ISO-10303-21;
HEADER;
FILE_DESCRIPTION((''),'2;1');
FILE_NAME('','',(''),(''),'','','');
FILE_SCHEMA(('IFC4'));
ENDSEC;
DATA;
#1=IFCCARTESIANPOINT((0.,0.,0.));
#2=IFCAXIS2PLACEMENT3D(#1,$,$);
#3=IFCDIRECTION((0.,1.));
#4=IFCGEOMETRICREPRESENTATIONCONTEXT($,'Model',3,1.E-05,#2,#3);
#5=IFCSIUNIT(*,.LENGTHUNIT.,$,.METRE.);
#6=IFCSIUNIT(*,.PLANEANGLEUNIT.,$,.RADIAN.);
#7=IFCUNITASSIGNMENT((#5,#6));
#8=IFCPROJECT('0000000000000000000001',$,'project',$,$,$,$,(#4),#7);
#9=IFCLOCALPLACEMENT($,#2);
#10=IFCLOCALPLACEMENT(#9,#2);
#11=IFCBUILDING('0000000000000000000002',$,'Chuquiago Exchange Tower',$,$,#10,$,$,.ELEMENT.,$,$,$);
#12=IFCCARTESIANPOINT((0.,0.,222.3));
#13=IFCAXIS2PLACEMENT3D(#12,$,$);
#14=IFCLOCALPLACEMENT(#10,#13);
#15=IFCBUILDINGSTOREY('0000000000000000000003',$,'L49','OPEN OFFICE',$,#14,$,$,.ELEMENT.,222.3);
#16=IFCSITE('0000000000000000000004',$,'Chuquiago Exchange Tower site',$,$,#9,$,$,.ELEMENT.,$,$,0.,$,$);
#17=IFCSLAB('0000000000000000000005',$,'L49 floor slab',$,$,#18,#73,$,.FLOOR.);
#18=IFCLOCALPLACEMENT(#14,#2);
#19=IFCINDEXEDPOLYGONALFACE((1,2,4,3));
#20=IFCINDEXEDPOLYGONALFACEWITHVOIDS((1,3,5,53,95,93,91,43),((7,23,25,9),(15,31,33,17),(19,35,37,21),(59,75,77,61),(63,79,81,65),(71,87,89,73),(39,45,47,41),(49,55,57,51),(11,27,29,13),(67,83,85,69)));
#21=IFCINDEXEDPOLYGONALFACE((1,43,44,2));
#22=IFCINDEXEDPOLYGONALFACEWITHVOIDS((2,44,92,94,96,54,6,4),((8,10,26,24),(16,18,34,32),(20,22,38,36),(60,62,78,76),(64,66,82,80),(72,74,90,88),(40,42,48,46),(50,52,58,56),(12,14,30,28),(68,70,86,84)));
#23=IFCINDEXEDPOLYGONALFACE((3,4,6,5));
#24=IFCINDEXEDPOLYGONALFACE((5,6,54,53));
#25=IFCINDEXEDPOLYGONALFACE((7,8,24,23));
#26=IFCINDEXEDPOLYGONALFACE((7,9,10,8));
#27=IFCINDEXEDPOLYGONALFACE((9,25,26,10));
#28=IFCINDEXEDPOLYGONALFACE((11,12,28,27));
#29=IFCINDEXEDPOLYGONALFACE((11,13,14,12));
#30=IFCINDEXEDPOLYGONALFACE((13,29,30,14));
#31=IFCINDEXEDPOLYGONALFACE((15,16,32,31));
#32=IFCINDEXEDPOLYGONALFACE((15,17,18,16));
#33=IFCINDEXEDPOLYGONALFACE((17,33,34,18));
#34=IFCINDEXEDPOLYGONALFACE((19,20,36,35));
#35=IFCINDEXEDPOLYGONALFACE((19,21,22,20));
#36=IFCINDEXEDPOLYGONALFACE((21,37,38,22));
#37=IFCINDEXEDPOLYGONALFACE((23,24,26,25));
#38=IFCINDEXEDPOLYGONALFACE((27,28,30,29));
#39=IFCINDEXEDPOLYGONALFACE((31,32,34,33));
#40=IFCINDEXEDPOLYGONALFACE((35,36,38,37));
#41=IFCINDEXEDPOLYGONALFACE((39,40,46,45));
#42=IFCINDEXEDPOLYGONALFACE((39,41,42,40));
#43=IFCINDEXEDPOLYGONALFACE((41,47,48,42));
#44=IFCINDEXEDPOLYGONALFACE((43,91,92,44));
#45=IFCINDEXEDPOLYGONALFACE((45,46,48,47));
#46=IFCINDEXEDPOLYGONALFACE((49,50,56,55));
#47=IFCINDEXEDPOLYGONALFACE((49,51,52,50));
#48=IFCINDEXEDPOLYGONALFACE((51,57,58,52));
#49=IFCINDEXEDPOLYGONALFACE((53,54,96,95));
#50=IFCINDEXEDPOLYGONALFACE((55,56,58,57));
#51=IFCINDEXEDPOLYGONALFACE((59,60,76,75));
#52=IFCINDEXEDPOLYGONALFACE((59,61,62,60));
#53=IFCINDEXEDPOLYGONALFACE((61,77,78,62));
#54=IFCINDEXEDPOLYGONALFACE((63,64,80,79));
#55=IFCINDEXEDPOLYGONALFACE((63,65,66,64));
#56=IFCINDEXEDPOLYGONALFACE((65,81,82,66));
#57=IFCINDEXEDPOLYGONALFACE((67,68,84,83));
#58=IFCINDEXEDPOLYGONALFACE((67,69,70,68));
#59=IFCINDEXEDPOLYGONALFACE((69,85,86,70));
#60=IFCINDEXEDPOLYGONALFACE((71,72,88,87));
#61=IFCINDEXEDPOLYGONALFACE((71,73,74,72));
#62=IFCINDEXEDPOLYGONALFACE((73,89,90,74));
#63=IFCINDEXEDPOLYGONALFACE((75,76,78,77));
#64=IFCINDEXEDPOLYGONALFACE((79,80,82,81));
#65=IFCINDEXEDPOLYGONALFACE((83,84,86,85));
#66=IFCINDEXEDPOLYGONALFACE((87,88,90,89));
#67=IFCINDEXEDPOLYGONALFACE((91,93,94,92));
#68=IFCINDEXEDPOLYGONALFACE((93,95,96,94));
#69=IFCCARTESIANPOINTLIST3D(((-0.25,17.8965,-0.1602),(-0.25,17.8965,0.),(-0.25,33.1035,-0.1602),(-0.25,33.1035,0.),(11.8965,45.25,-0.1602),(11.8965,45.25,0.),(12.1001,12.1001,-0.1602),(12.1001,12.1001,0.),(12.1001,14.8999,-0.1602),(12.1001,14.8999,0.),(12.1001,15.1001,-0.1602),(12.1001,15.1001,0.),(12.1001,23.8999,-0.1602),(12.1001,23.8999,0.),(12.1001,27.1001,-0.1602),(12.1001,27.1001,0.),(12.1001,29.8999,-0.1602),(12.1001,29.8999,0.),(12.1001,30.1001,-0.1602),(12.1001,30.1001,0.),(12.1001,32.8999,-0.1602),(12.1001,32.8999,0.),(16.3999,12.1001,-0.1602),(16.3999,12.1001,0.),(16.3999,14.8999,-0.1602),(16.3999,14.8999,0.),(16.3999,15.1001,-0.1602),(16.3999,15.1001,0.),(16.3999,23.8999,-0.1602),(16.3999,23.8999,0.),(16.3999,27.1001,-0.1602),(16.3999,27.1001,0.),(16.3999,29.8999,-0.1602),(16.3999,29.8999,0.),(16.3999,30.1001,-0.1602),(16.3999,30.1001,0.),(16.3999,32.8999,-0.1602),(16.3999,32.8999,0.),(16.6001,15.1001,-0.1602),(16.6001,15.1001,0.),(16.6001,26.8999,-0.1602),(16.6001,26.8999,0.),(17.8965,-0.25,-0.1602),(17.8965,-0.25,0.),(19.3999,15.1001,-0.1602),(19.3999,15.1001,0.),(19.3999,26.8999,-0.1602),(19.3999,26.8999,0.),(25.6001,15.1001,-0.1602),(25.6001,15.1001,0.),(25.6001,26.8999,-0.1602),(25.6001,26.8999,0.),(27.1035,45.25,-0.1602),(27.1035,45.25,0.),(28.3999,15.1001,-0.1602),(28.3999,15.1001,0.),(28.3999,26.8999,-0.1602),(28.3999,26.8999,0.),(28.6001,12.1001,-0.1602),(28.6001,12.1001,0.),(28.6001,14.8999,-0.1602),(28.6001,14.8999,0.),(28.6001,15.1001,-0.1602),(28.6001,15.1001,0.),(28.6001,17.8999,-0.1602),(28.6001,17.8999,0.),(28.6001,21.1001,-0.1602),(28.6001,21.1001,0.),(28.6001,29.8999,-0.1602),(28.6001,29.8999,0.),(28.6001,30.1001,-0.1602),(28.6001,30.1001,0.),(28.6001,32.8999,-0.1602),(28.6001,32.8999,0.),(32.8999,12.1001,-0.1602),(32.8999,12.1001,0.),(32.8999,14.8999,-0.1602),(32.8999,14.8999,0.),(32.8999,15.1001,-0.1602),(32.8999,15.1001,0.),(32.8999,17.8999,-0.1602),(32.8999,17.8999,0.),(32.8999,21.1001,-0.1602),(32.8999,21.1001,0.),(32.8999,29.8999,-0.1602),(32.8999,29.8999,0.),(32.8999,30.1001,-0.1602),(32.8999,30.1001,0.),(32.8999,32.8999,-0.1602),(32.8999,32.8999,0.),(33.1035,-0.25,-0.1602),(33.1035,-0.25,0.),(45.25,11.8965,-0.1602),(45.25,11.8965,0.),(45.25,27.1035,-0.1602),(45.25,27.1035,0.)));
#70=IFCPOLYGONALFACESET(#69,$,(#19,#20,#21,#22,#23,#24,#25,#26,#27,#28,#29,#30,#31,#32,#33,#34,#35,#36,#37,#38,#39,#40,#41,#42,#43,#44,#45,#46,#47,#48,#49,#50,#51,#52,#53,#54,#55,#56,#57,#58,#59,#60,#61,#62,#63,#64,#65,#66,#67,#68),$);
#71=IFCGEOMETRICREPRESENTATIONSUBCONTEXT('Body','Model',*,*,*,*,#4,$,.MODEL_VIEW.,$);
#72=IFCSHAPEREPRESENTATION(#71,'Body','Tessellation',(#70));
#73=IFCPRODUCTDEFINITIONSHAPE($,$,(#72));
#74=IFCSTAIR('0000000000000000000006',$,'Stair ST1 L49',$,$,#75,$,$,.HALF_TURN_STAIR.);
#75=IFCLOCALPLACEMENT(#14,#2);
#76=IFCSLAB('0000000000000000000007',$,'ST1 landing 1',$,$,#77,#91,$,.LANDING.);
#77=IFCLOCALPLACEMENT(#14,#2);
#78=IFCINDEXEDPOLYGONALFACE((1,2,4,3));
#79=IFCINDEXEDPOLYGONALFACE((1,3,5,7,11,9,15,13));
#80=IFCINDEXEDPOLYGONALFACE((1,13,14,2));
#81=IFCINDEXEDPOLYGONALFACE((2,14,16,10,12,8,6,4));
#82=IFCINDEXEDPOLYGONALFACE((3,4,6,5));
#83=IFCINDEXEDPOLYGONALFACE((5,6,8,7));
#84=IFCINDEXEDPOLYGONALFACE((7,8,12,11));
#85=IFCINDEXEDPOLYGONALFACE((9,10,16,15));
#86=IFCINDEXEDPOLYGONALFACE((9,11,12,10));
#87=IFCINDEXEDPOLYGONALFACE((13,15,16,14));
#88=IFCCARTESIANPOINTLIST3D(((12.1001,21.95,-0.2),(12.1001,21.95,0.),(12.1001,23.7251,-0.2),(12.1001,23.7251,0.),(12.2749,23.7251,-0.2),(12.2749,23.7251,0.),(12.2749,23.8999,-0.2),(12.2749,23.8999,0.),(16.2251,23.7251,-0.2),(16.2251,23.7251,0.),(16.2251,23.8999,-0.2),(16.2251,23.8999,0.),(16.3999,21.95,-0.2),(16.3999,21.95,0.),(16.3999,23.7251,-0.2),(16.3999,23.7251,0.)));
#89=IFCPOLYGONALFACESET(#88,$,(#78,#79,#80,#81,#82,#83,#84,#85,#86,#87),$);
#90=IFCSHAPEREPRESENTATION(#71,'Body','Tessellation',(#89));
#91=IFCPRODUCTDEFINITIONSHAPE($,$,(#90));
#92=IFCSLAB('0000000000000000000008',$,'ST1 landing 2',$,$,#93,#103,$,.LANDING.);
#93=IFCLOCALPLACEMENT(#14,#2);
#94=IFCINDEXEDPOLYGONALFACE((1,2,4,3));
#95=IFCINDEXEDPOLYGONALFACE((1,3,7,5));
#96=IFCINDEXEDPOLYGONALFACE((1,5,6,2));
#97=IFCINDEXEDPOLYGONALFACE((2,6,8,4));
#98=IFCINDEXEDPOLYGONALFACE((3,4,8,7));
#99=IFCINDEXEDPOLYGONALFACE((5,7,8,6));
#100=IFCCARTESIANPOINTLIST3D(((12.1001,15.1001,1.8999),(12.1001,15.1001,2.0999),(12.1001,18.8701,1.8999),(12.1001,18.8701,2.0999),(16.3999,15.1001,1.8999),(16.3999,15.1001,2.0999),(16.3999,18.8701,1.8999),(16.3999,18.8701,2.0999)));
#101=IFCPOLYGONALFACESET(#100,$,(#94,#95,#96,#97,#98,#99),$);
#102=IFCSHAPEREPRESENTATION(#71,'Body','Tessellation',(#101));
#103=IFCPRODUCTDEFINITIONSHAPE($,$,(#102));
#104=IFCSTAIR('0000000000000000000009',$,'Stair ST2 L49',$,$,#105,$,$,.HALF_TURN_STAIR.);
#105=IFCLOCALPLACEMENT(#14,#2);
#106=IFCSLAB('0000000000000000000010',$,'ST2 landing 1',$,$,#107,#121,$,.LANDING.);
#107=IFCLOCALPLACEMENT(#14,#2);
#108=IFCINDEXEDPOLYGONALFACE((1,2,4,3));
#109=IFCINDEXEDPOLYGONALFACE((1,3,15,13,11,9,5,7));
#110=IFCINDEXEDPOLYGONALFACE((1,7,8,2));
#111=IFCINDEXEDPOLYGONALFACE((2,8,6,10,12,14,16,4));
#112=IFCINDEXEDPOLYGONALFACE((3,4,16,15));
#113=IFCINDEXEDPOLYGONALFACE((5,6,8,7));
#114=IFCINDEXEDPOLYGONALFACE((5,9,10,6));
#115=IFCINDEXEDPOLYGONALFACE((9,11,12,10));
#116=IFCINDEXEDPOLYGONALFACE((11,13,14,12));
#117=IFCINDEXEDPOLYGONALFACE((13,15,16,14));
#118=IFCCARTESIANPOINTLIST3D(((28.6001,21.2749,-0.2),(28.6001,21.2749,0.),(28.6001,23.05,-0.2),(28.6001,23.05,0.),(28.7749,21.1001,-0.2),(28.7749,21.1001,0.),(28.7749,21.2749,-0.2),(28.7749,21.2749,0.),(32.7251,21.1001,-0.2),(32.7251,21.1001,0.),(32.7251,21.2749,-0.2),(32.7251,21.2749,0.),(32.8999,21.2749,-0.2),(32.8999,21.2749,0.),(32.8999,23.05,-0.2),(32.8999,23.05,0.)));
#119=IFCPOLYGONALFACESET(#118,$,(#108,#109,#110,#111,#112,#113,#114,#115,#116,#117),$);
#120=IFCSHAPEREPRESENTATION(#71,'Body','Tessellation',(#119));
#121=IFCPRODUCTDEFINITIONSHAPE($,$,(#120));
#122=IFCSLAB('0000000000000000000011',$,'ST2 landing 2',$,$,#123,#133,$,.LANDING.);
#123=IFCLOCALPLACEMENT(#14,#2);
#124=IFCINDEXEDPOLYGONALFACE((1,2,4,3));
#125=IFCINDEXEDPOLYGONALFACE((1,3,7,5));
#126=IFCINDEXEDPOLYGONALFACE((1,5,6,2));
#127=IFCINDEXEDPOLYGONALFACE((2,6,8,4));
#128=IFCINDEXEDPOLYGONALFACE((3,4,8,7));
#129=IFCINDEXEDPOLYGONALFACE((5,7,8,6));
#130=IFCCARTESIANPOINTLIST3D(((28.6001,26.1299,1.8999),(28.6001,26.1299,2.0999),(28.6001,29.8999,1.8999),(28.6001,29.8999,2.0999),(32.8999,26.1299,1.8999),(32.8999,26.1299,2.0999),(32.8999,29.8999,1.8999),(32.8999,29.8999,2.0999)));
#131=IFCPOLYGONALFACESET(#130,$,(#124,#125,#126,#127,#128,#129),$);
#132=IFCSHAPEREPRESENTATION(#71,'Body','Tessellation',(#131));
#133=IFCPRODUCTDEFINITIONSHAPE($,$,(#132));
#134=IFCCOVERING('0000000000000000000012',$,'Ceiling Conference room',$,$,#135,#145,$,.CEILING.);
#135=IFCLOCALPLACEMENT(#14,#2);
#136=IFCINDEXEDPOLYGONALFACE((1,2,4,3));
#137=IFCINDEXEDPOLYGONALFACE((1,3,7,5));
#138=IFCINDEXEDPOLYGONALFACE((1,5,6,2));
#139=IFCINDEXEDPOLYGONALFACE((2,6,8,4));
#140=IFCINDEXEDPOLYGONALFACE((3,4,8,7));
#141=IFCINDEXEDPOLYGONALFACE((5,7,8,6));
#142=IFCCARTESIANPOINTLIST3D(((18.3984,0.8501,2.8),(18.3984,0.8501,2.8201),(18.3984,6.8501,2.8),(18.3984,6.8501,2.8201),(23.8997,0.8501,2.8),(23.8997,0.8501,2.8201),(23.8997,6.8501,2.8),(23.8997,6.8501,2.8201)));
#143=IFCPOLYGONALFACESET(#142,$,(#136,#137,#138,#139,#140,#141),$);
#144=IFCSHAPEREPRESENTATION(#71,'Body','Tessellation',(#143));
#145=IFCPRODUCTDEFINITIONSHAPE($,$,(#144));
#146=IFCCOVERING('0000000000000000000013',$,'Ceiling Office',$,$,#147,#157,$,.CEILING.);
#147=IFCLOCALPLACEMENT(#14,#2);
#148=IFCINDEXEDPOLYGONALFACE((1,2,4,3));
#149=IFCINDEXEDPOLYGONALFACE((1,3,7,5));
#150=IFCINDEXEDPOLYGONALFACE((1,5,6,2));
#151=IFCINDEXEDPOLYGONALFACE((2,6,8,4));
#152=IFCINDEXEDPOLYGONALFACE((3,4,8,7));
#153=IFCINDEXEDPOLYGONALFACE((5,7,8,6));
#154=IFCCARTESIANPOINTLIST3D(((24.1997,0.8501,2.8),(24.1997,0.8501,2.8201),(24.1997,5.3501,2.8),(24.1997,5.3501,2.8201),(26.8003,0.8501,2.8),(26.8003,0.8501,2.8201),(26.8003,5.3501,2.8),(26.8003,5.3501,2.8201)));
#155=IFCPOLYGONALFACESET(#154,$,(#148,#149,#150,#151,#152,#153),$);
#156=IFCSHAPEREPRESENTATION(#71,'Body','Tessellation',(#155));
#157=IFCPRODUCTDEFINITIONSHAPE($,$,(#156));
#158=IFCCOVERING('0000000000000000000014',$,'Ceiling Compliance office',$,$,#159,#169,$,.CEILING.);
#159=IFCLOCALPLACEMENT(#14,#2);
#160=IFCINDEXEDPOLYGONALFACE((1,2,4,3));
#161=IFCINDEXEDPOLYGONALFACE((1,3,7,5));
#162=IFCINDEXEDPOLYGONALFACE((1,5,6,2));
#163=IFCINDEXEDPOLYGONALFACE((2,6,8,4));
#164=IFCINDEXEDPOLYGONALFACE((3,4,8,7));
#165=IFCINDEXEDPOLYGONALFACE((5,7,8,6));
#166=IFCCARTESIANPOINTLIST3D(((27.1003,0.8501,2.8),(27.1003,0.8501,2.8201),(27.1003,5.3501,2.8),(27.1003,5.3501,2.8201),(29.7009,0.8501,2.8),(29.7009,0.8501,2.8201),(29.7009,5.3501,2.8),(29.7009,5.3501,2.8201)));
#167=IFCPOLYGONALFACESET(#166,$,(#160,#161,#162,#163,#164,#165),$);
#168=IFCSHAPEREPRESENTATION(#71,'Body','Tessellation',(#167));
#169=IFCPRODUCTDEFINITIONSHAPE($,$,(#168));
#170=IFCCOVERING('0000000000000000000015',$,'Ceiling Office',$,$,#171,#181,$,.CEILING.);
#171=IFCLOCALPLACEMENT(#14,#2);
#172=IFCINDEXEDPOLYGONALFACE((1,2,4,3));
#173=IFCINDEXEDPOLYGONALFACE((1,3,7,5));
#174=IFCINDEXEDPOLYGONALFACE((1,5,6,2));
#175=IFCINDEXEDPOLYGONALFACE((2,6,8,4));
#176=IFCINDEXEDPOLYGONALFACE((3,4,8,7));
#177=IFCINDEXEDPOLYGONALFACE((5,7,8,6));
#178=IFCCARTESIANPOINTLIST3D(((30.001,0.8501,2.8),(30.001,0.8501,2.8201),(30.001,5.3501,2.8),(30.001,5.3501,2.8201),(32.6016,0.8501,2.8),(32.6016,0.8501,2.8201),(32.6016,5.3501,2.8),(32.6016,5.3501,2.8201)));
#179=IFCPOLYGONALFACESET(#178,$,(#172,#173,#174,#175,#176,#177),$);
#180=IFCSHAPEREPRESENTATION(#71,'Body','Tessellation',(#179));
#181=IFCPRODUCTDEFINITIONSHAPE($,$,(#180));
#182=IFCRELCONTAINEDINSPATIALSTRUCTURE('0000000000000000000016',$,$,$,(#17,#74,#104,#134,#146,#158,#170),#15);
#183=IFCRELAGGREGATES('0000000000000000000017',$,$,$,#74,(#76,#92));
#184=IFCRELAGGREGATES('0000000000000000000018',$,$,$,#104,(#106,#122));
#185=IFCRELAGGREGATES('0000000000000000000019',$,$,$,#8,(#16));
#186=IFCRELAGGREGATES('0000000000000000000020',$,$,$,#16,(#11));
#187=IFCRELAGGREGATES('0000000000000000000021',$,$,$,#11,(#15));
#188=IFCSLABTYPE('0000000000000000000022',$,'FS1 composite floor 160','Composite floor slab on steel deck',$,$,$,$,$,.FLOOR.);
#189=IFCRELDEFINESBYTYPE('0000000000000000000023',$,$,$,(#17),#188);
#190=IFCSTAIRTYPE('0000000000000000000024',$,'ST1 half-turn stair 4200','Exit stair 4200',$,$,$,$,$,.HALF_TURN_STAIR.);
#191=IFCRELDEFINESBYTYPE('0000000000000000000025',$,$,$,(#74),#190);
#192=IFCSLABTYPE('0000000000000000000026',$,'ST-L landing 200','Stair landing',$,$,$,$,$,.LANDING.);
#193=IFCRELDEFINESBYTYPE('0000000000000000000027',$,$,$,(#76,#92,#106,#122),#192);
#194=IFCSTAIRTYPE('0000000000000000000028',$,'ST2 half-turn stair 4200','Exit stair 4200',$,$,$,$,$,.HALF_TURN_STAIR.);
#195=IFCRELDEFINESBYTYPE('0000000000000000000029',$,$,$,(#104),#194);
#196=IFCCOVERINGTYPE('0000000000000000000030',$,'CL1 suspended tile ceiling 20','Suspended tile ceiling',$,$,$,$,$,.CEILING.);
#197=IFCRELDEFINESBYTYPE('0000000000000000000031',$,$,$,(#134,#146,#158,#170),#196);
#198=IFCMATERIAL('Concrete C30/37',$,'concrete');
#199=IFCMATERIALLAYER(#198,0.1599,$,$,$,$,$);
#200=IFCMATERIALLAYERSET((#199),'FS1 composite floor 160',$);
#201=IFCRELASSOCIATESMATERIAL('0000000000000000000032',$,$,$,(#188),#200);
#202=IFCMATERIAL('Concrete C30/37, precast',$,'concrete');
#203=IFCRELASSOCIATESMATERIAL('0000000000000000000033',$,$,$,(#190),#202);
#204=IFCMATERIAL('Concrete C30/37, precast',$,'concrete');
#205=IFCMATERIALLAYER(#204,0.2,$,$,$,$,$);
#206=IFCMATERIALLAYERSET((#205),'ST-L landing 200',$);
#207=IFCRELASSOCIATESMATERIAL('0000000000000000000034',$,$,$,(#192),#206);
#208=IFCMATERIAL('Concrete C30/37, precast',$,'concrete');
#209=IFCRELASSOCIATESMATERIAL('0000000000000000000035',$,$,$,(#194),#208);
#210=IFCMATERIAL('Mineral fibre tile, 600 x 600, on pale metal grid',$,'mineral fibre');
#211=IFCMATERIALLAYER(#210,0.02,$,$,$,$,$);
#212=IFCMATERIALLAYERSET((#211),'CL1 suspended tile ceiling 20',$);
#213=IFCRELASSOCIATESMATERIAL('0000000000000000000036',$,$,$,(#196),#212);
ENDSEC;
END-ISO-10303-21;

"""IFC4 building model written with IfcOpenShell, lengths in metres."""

from ifc_helpers import new_model, si_unit, direction, frame, origin, place, context, subcontext, project, spatial, polyline, outline, extrude, material, layer, layer_set, type_object, element, aggregate, save


model = new_model("IFC4")

# Units and contexts
model_context = context("Model", 3, precision=1e-05, world=origin(), true_north=direction((0.0, 1.0)))
body_context = subcontext(model_context, "Body", "Model", "MODEL_VIEW")
ifc_project = project(units=[si_unit("LENGTHUNIT", "METRE"), si_unit("PLANEANGLEUNIT", "RADIAN")], contexts=[model_context])

# Site, building, storey
site_placement = place(None, origin())
site = spatial("IfcSite", under=ifc_project, at=site_placement, Name="Chuquiago Exchange Tower site", CompositionType="ELEMENT", RefElevation=0.0)
building_placement = place(site_placement, origin())
building = spatial("IfcBuilding", under=site, at=building_placement, Name="Chuquiago Exchange Tower", CompositionType="ELEMENT")
storey_placement = place(building_placement, frame((0.0, 0.0, 222.3)))
storey = spatial("IfcBuildingStorey", under=building, at=storey_placement, Name="L49", Description="OPEN OFFICE", CompositionType="ELEMENT", Elevation=222.3)

# Slab
ifc_material_1 = material(Name="Concrete C30/37", Category="concrete")
ifc_layer_1 = layer(ifc_material_1, 0.1599)
ifc_layer_set_1 = layer_set([ifc_layer_1], Name="FS1 composite floor 160")
slab_type_1 = type_object("IfcSlabType", Name="FS1 composite floor 160", Description="Composite floor slab on steel deck", PredefinedType="FLOOR", material=ifc_layer_set_1)
slab_1_placement = place(storey_placement, frame((0.0, 0.0, -0.1602)))
element("IfcSlab", 1, at=slab_1_placement, inside=storey, type_object=slab_type_1, Name="L49 floor slab", PredefinedType="FLOOR", context=body_context, shape_type="SweptSolid", body=[
    extrude(outline(polyline([(17.8965, -0.25), (-0.25, 17.8965), (-0.25, 33.1035), (11.8965, 45.25), (27.1035, 45.25), (45.25, 27.1035), (45.25, 11.8965), (33.1035, -0.25), (17.8965, -0.25)]), holes=[polyline([(16.3999, 15.1001), (12.1001, 15.1001), (12.1001, 23.8999), (16.3999, 23.8999), (16.3999, 15.1001)]), polyline([(32.8999, 21.1001), (28.6001, 21.1001), (28.6001, 29.8999), (32.8999, 29.8999), (32.8999, 21.1001)]), polyline([(16.3999, 12.1001), (12.1001, 12.1001), (12.1001, 14.8999), (16.3999, 14.8999), (16.3999, 12.1001)]), polyline([(16.3999, 30.1001), (12.1001, 30.1001), (12.1001, 32.8999), (16.3999, 32.8999), (16.3999, 30.1001)]), polyline([(32.8999, 12.1001), (28.6001, 12.1001), (28.6001, 14.8999), (32.8999, 14.8999), (32.8999, 12.1001)]), polyline([(32.8999, 30.1001), (28.6001, 30.1001), (28.6001, 32.8999), (32.8999, 32.8999), (32.8999, 30.1001)]), polyline([(16.3999, 27.1001), (12.1001, 27.1001), (12.1001, 29.8999), (16.3999, 29.8999), (16.3999, 27.1001)]), polyline([(32.8999, 15.1001), (28.6001, 15.1001), (28.6001, 17.8999), (32.8999, 17.8999), (32.8999, 15.1001)]), polyline([(19.3999, 15.1001), (16.6001, 15.1001), (16.6001, 26.8999), (19.3999, 26.8999), (19.3999, 15.1001)]), polyline([(28.3999, 15.1001), (25.6001, 15.1001), (25.6001, 26.8999), (28.3999, 26.8999), (28.3999, 15.1001)])]), origin(), (0.0, 0.0, 1.0), 0.1602),
])

# Stairs, slabs
ifc_material_2 = material(Name="Concrete C30/37, precast", Category="concrete")
stair_type_1 = type_object("IfcStairType", Name="ST1 half-turn stair 4200", Description="Exit stair 4200", PredefinedType="HALF_TURN_STAIR", material=ifc_material_2)
stair_1_placement = place(storey_placement, origin())
stair_1 = element("IfcStair", 2, at=stair_1_placement, inside=storey, type_object=stair_type_1, Name="Stair ST1 L49", PredefinedType="HALF_TURN_STAIR")
ifc_material_3 = material(Name="Concrete C30/37, precast", Category="concrete")
ifc_layer_2 = layer(ifc_material_3, 0.2)
ifc_layer_set_2 = layer_set([ifc_layer_2], Name="ST-L landing 200")
slab_type_2 = type_object("IfcSlabType", Name="ST-L landing 200", Description="Stair landing", PredefinedType="LANDING", material=ifc_layer_set_2)
slab_2_placement = place(storey_placement, frame((0.0, 0.0, -0.2)))
slab_2 = element("IfcSlab", 3, at=slab_2_placement, type_object=slab_type_2, Name="ST1 landing 1", PredefinedType="LANDING", context=body_context, shape_type="SweptSolid", body=[
    extrude(outline(polyline([(12.2749, 23.8999), (16.2251, 23.8999), (16.2251, 23.7251), (16.3999, 23.7251), (16.3999, 21.95), (12.1001, 21.95), (12.1001, 23.7251), (12.2749, 23.7251), (12.2749, 23.8999)])), origin(), (0.0, 0.0, 1.0), 0.2),
])
slab_3_placement = place(storey_placement, frame((0.0, 0.0, 1.8999)))
slab_3 = element("IfcSlab", 4, at=slab_3_placement, type_object=slab_type_2, Name="ST1 landing 2", PredefinedType="LANDING", context=body_context, shape_type="SweptSolid", body=[
    extrude(outline(polyline([(12.1001, 18.8701), (16.3999, 18.8701), (16.3999, 15.1001), (12.1001, 15.1001), (12.1001, 18.8701)])), origin(), (0.0, 0.0, 1.0), 0.2),
])
aggregate(stair_1, [slab_2, slab_3])
ifc_material_4 = material(Name="Concrete C30/37, precast", Category="concrete")
stair_type_2 = type_object("IfcStairType", Name="ST2 half-turn stair 4200", Description="Exit stair 4200", PredefinedType="HALF_TURN_STAIR", material=ifc_material_4)
stair_2_placement = place(storey_placement, origin())
stair_2 = element("IfcStair", 5, at=stair_2_placement, inside=storey, type_object=stair_type_2, Name="Stair ST2 L49", PredefinedType="HALF_TURN_STAIR")
slab_4_placement = place(storey_placement, frame((0.0, 0.0, -0.2)))
slab_4 = element("IfcSlab", 6, at=slab_4_placement, type_object=slab_type_2, Name="ST2 landing 1", PredefinedType="LANDING", context=body_context, shape_type="SweptSolid", body=[
    extrude(outline(polyline([(32.7251, 21.2749), (32.7251, 21.1001), (28.7749, 21.1001), (28.7749, 21.2749), (28.6001, 21.2749), (28.6001, 23.05), (32.8999, 23.05), (32.8999, 21.2749), (32.7251, 21.2749)])), origin(), (0.0, 0.0, 1.0), 0.2),
])
slab_5_placement = place(storey_placement, frame((0.0, 0.0, 1.8999)))
slab_5 = element("IfcSlab", 7, at=slab_5_placement, type_object=slab_type_2, Name="ST2 landing 2", PredefinedType="LANDING", context=body_context, shape_type="SweptSolid", body=[
    extrude(outline(polyline([(28.6001, 29.8999), (32.8999, 29.8999), (32.8999, 26.1299), (28.6001, 26.1299), (28.6001, 29.8999)])), origin(), (0.0, 0.0, 1.0), 0.2),
])
aggregate(stair_2, [slab_4, slab_5])

# Coverings
ifc_material_5 = material(Name="Mineral fibre tile, 600 x 600, on pale metal grid", Category="mineral fibre")
ifc_layer_3 = layer(ifc_material_5, 0.02)
ifc_layer_set_3 = layer_set([ifc_layer_3], Name="CL1 suspended tile ceiling 20")
covering_type_1 = type_object("IfcCoveringType", Name="CL1 suspended tile ceiling 20", Description="Suspended tile ceiling", PredefinedType="CEILING", material=ifc_layer_set_3)
covering_1_placement = place(storey_placement, frame((0.0, 0.0, 2.8)))
element("IfcCovering", 8, at=covering_1_placement, inside=storey, type_object=covering_type_1, Name="Ceiling Conference room", PredefinedType="CEILING", context=body_context, shape_type="SweptSolid", body=[
    extrude(outline(polyline([(18.3984, 6.8501), (23.8997, 6.8501), (23.8997, 0.8501), (18.3984, 0.8501), (18.3984, 6.8501)])), origin(), (0.0, 0.0, 1.0), 0.02),
])
covering_2_placement = place(storey_placement, frame((0.0, 0.0, 2.8)))
element("IfcCovering", 9, at=covering_2_placement, inside=storey, type_object=covering_type_1, Name="Ceiling Office", PredefinedType="CEILING", context=body_context, shape_type="SweptSolid", body=[
    extrude(outline(polyline([(24.1997, 5.3501), (26.8003, 5.3501), (26.8003, 0.8501), (24.1997, 0.8501), (24.1997, 5.3501)])), origin(), (0.0, 0.0, 1.0), 0.02),
])
covering_3_placement = place(storey_placement, frame((0.0, 0.0, 2.8)))
element("IfcCovering", 10, at=covering_3_placement, inside=storey, type_object=covering_type_1, Name="Ceiling Compliance office", PredefinedType="CEILING", context=body_context, shape_type="SweptSolid", body=[
    extrude(outline(polyline([(27.1003, 5.3501), (29.7009, 5.3501), (29.7009, 0.8501), (27.1003, 0.8501), (27.1003, 5.3501)])), origin(), (0.0, 0.0, 1.0), 0.02),
])
covering_4_placement = place(storey_placement, frame((0.0, 0.0, 2.8)))
element("IfcCovering", 11, at=covering_4_placement, inside=storey, type_object=covering_type_1, Name="Ceiling Office", PredefinedType="CEILING", context=body_context, shape_type="SweptSolid", body=[
    extrude(outline(polyline([(30.001, 0.8501), (30.001, 5.3501), (32.6016, 5.3501), (32.6016, 0.8501), (30.001, 0.8501)])), origin(), (0.0, 0.0, 1.0), 0.02),
])

save(model, "model.ifc")
